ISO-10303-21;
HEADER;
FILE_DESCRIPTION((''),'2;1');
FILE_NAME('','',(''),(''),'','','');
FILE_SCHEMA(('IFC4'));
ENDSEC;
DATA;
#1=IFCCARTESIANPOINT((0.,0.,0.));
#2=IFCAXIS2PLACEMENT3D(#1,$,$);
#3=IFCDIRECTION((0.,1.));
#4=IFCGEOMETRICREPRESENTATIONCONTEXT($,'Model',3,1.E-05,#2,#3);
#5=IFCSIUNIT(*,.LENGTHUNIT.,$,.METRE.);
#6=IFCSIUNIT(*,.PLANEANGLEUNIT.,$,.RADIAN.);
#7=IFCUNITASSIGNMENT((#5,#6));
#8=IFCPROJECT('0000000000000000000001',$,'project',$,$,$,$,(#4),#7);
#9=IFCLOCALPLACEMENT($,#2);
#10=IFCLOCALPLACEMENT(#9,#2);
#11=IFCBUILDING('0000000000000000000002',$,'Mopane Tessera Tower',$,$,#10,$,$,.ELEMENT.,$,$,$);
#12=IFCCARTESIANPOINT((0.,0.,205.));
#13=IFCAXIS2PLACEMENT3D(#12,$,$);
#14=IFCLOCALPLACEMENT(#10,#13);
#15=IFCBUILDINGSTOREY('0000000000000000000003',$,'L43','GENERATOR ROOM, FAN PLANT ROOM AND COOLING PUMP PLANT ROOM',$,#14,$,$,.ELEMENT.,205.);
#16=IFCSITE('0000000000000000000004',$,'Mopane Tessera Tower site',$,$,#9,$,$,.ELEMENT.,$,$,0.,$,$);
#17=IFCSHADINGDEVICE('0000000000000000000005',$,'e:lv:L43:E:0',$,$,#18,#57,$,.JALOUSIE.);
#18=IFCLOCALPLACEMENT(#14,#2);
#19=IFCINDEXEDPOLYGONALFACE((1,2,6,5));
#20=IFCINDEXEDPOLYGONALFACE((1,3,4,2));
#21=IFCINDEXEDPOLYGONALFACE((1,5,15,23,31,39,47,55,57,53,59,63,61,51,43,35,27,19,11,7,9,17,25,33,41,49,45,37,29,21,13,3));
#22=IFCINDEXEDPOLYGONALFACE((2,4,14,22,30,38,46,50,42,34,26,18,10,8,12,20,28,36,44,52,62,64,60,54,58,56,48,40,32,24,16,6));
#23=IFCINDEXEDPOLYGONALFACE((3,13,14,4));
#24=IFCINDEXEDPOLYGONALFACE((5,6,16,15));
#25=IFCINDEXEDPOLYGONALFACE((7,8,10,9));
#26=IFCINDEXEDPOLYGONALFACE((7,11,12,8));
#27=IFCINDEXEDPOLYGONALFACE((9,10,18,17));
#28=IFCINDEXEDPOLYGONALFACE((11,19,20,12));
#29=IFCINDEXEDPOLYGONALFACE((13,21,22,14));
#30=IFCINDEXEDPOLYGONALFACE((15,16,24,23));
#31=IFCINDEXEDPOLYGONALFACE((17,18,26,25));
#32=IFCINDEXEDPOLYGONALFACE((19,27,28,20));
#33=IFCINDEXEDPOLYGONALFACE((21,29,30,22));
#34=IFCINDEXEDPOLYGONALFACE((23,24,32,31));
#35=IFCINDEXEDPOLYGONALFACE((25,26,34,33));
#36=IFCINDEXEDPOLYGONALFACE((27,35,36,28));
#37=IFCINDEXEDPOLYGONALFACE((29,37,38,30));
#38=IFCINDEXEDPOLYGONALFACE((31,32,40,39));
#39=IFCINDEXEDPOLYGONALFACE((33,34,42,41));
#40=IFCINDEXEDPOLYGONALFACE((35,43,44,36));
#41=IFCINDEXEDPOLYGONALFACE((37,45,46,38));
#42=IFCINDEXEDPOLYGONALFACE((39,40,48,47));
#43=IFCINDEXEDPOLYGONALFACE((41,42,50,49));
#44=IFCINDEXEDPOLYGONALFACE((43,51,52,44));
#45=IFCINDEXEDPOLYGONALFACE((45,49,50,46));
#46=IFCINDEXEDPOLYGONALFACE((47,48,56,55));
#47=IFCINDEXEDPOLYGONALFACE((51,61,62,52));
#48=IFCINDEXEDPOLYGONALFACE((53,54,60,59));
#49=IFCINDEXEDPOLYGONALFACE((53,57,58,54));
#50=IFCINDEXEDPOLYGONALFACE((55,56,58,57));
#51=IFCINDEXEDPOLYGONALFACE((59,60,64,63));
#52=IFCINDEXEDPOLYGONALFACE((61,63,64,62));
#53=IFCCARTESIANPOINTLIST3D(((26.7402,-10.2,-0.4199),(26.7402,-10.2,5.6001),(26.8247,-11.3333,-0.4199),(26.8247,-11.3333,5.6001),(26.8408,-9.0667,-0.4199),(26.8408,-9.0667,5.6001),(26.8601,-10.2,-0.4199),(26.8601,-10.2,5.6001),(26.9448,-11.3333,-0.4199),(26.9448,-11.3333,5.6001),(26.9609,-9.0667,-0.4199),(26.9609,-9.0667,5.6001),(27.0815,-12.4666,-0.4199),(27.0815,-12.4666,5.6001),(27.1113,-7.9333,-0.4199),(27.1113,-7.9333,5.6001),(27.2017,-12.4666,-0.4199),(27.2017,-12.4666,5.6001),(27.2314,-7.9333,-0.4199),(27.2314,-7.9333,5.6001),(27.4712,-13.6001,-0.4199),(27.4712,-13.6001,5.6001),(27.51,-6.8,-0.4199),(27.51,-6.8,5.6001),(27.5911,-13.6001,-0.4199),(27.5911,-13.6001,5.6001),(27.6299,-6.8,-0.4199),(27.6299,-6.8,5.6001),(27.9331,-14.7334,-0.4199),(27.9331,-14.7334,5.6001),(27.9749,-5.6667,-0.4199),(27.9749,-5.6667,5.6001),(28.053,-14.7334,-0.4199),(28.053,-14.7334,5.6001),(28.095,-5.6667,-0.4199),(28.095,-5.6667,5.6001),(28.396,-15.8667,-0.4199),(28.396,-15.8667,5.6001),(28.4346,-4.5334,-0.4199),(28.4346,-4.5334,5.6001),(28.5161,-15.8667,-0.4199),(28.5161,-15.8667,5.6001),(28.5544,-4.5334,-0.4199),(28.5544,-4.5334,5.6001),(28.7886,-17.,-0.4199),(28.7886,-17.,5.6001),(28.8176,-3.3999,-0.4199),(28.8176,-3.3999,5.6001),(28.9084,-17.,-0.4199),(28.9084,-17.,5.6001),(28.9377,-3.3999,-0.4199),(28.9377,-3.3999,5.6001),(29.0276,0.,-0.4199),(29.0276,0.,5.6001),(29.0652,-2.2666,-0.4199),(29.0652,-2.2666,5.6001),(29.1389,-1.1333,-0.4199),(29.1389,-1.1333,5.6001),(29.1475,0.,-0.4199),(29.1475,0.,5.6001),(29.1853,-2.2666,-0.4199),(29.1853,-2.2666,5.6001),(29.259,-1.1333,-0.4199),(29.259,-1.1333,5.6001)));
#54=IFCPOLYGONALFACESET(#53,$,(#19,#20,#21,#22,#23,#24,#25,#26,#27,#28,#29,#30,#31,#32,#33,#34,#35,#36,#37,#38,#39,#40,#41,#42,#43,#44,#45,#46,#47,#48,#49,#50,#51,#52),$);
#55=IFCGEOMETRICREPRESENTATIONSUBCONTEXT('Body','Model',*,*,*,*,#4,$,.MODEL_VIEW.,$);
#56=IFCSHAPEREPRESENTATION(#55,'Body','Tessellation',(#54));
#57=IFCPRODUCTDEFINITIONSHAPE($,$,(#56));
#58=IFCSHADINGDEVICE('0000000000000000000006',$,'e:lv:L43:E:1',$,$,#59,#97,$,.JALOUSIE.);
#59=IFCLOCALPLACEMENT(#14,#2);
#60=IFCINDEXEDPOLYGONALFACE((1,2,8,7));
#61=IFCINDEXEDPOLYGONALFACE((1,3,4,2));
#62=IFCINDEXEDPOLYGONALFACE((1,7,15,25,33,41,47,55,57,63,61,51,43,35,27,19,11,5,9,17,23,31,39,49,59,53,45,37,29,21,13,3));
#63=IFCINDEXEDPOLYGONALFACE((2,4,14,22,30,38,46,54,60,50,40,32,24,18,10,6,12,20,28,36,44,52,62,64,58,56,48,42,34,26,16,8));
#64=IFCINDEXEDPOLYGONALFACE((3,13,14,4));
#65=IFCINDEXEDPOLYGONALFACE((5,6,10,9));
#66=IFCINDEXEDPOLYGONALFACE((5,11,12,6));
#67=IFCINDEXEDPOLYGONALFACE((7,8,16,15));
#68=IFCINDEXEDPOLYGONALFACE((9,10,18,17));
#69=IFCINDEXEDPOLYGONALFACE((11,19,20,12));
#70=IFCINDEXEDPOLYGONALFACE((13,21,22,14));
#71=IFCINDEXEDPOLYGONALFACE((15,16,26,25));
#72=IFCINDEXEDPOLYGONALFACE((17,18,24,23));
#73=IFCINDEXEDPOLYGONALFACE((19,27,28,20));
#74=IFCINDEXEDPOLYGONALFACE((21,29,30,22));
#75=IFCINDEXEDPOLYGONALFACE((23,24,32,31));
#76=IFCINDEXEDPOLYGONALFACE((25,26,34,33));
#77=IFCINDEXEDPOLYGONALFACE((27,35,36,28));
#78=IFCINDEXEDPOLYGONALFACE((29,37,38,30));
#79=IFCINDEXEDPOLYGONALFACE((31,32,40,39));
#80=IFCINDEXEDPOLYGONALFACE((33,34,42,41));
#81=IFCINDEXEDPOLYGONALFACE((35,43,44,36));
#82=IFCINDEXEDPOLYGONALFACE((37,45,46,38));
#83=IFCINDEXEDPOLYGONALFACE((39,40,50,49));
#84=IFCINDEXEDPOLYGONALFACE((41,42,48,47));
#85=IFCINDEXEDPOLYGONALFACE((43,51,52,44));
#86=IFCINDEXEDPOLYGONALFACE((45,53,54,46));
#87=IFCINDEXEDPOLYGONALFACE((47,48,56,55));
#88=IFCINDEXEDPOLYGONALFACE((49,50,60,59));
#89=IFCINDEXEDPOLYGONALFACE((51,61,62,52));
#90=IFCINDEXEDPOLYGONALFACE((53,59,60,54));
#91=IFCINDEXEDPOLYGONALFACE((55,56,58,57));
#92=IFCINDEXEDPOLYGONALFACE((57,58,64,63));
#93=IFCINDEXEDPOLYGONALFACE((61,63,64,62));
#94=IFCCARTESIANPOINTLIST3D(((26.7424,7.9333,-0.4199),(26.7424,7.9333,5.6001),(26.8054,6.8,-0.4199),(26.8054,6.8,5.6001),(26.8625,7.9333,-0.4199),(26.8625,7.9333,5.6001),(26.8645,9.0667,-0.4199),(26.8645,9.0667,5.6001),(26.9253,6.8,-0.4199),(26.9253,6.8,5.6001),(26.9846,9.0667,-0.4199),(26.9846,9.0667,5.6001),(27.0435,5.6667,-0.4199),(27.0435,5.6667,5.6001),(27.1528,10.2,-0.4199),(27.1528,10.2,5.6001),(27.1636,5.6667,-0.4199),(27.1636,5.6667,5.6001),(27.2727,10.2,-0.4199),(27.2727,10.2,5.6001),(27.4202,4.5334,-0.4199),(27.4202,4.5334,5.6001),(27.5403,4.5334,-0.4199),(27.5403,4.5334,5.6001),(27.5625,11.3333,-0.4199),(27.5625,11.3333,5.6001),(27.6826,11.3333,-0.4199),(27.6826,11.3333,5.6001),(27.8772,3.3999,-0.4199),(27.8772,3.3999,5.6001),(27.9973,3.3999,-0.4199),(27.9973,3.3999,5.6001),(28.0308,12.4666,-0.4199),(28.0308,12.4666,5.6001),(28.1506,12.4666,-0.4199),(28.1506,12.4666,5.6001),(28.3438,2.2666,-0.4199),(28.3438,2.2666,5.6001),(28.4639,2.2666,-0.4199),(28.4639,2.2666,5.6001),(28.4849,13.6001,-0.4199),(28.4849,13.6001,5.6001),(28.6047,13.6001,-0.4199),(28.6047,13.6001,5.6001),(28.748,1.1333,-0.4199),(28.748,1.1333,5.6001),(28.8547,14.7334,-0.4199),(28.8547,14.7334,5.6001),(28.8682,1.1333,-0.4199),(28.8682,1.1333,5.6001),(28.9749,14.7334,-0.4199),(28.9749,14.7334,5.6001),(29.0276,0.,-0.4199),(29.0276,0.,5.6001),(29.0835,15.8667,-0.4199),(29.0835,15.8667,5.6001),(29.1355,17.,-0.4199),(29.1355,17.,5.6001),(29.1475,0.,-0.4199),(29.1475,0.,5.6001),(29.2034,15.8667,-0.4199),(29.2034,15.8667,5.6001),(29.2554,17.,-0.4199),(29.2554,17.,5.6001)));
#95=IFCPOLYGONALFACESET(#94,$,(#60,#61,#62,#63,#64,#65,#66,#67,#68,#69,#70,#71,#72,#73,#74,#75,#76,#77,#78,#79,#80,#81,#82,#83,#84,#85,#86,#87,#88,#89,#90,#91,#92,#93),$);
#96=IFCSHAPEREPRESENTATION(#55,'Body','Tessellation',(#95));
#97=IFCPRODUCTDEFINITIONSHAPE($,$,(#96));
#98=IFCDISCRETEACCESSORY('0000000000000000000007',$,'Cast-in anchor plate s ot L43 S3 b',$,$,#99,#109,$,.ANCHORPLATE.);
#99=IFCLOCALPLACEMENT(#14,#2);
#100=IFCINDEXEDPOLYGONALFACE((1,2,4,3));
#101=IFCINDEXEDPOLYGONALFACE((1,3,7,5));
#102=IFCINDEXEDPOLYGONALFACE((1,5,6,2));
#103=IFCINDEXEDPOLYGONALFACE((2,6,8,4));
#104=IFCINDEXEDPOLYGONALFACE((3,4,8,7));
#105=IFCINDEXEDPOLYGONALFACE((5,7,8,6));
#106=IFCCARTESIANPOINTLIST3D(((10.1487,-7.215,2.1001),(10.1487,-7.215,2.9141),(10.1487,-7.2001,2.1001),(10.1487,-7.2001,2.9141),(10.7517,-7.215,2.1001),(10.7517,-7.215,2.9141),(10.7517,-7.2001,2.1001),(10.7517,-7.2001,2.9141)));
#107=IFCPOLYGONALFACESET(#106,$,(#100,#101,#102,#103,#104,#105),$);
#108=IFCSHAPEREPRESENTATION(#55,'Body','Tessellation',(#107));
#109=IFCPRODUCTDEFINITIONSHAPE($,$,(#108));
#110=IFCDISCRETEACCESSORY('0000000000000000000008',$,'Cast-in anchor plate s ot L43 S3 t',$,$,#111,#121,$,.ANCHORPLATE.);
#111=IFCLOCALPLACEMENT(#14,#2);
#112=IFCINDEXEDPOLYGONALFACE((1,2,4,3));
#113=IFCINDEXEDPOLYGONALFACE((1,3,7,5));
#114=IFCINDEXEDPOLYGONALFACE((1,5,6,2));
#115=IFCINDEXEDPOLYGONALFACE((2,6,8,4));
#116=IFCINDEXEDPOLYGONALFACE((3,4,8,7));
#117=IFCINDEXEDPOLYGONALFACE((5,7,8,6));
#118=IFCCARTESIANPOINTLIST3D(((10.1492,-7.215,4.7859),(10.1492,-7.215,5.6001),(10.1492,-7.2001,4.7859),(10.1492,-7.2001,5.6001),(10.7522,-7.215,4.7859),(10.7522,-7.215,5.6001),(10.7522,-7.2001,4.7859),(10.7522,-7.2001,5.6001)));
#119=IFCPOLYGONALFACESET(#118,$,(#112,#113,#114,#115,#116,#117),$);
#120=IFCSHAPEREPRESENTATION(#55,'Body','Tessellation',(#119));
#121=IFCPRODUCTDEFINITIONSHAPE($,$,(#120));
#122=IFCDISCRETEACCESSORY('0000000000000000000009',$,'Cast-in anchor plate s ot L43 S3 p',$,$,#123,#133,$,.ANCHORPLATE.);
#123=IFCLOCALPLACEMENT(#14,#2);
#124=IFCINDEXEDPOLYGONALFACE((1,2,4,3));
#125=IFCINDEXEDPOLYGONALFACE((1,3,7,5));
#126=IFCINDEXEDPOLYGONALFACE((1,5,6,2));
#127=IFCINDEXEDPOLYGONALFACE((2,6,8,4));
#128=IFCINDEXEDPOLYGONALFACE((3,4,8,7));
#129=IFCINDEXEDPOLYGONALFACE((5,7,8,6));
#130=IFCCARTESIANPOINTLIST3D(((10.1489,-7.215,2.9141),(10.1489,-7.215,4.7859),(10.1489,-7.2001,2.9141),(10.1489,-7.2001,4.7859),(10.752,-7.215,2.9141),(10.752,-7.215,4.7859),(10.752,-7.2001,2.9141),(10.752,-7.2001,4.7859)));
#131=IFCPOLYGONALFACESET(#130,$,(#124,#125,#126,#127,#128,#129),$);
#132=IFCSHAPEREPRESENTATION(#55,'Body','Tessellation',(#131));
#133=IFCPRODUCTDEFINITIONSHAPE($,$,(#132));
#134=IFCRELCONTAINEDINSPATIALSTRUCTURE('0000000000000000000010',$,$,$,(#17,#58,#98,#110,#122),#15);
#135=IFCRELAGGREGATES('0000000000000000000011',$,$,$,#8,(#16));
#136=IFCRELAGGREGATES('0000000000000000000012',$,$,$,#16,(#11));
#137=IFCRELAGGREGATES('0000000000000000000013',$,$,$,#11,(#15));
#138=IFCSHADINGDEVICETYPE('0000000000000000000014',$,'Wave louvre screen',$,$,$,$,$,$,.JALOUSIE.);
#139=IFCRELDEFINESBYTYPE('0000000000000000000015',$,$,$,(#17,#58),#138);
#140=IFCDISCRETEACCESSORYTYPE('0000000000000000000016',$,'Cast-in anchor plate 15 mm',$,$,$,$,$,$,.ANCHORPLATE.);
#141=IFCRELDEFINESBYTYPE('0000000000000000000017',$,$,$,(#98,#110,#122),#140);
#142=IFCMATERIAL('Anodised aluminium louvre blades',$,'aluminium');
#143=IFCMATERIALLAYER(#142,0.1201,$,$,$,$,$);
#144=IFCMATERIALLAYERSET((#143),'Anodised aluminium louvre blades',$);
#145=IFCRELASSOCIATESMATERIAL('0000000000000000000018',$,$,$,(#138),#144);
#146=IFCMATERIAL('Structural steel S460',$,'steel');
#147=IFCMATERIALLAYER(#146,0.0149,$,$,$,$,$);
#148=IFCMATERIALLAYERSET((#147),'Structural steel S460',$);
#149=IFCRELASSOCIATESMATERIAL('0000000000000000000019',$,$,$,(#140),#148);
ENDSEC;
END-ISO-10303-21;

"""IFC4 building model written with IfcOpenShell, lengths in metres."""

from ifc_helpers import new_model, si_unit, direction, frame, origin, origin_2d, place, context, subcontext, project, spatial, polyline, rectangle, outline, extrude, material, layer, layer_set, type_object, element, save


model = new_model("IFC4")

# Units and contexts
model_context = context("Model", 3, precision=1e-05, world=origin(), true_north=direction((0.0, 1.0)))
body_context = subcontext(model_context, "Body", "Model", "MODEL_VIEW")
ifc_project = project(units=[si_unit("LENGTHUNIT", "METRE"), si_unit("PLANEANGLEUNIT", "RADIAN")], contexts=[model_context])

# Site, building, storey
site_placement = place(None, origin())
site = spatial("IfcSite", under=ifc_project, at=site_placement, Name="Mopane Tessera Tower site", CompositionType="ELEMENT", RefElevation=0.0)
building_placement = place(site_placement, origin())
building = spatial("IfcBuilding", under=site, at=building_placement, Name="Mopane Tessera Tower", CompositionType="ELEMENT")
storey_placement = place(building_placement, frame((0.0, 0.0, 205.0)))
storey = spatial("IfcBuildingStorey", under=building, at=storey_placement, Name="L43", Description="GENERATOR ROOM, FAN PLANT ROOM AND COOLING PUMP PLANT ROOM", CompositionType="ELEMENT", Elevation=205.0)

# Shading devices
ifc_material_1 = material(Name="Anodised aluminium louvre blades", Category="aluminium")
ifc_layer_1 = layer(ifc_material_1, 0.1201)
ifc_layer_set_1 = layer_set([ifc_layer_1], Name="Anodised aluminium louvre blades")
shading_device_type = type_object("IfcShadingDeviceType", Name="Wave louvre screen", PredefinedType="JALOUSIE", material=ifc_layer_set_1)
shading_device_1_placement = place(storey_placement, frame((0.0, 0.0, -0.4199)))
element("IfcShadingDevice", 1, at=shading_device_1_placement, inside=storey, type_object=shading_device_type, Name="e:lv:L43:E:0", PredefinedType="JALOUSIE", context=body_context, shape_type="SweptSolid", body=[
    extrude(outline(polyline([(28.7886, -17.0), (28.396, -15.8667), (27.9331, -14.7334), (27.4712, -13.6001), (27.0815, -12.4666), (26.8247, -11.3333), (26.7402, -10.2), (26.8408, -9.0667), (27.1113, -7.9333), (27.51, -6.8), (27.9749, -5.6667), (28.4346, -4.5334), (28.8176, -3.3999), (29.0652, -2.2666), (29.1389, -1.1333), (29.0276, 0.0), (29.1475, 0.0), (29.259, -1.1333), (29.1853, -2.2666), (28.9377, -3.3999), (28.5544, -4.5334), (28.095, -5.6667), (27.6299, -6.8), (27.2314, -7.9333), (26.9609, -9.0667), (26.8601, -10.2), (26.9448, -11.3333), (27.2017, -12.4666), (27.5911, -13.6001), (28.053, -14.7334), (28.5161, -15.8667), (28.9084, -17.0), (28.7886, -17.0)])), origin(), (0.0, 0.0, 1.0), 6.02),
])
shading_device_2_placement = place(storey_placement, frame((0.0, 0.0, -0.4199)))
element("IfcShadingDevice", 2, at=shading_device_2_placement, inside=storey, type_object=shading_device_type, Name="e:lv:L43:E:1", PredefinedType="JALOUSIE", context=body_context, shape_type="SweptSolid", body=[
    extrude(outline(polyline([(29.0276, 0.0), (28.748, 1.1333), (28.3438, 2.2666), (27.8772, 3.3999), (27.4202, 4.5334), (27.0435, 5.6667), (26.8054, 6.8), (26.7424, 7.9333), (26.8645, 9.0667), (27.1528, 10.2), (27.5625, 11.3333), (28.0308, 12.4666), (28.4849, 13.6001), (28.8547, 14.7334), (29.0835, 15.8667), (29.1355, 17.0), (29.2554, 17.0), (29.2034, 15.8667), (28.9749, 14.7334), (28.6047, 13.6001), (28.1506, 12.4666), (27.6826, 11.3333), (27.2727, 10.2), (26.9846, 9.0667), (26.8625, 7.9333), (26.9253, 6.8), (27.1636, 5.6667), (27.5403, 4.5334), (27.9973, 3.3999), (28.4639, 2.2666), (28.8682, 1.1333), (29.1475, 0.0), (29.0276, 0.0)])), origin(), (0.0, 0.0, 1.0), 6.02),
])

# Discrete accessories
ifc_material_2 = material(Name="Structural steel S460", Category="steel")
ifc_layer_2 = layer(ifc_material_2, 0.0149)
ifc_layer_set_2 = layer_set([ifc_layer_2], Name="Structural steel S460")
discrete_accessory_type = type_object("IfcDiscreteAccessoryType", Name="Cast-in anchor plate 15 mm", PredefinedType="ANCHORPLATE", material=ifc_layer_set_2)
discrete_accessory_1_placement = place(storey_placement, frame((10.4502, -7.2075, 2.1001), z_axis=(0.0, 0.0, 1.0), x_axis=(0.0, -1.0, 0.0)))
element("IfcDiscreteAccessory", 3, at=discrete_accessory_1_placement, inside=storey, type_object=discrete_accessory_type, Name="Cast-in anchor plate s ot L43 S3 b", PredefinedType="ANCHORPLATE", context=body_context, shape_type="SweptSolid", body=[
    extrude(rectangle(XDim=0.0149, YDim=0.603, at=origin_2d()), origin(), (0.0, 0.0, 1.0), 0.814),
])
discrete_accessory_2_placement = place(storey_placement, frame((10.4507, -7.2075, 4.7859), z_axis=(0.0, 0.0, 1.0), x_axis=(0.0, -1.0, 0.0)))
element("IfcDiscreteAccessory", 4, at=discrete_accessory_2_placement, inside=storey, type_object=discrete_accessory_type, Name="Cast-in anchor plate s ot L43 S3 t", PredefinedType="ANCHORPLATE", context=body_context, shape_type="SweptSolid", body=[
    extrude(rectangle(XDim=0.0149, YDim=0.603, at=origin_2d()), origin(), (0.0, 0.0, 1.0), 0.8142),
])
discrete_accessory_3_placement = place(storey_placement, frame((10.4504, -7.2075, 2.9141), z_axis=(0.0, 0.0, 1.0), x_axis=(0.0, -1.0, 0.0)))
element("IfcDiscreteAccessory", 5, at=discrete_accessory_3_placement, inside=storey, type_object=discrete_accessory_type, Name="Cast-in anchor plate s ot L43 S3 p", PredefinedType="ANCHORPLATE", context=body_context, shape_type="SweptSolid", body=[
    extrude(rectangle(XDim=0.0149, YDim=0.603, at=origin_2d()), origin(), (0.0, 0.0, 1.0), 1.8718),
])

save(model, "model.ifc")
